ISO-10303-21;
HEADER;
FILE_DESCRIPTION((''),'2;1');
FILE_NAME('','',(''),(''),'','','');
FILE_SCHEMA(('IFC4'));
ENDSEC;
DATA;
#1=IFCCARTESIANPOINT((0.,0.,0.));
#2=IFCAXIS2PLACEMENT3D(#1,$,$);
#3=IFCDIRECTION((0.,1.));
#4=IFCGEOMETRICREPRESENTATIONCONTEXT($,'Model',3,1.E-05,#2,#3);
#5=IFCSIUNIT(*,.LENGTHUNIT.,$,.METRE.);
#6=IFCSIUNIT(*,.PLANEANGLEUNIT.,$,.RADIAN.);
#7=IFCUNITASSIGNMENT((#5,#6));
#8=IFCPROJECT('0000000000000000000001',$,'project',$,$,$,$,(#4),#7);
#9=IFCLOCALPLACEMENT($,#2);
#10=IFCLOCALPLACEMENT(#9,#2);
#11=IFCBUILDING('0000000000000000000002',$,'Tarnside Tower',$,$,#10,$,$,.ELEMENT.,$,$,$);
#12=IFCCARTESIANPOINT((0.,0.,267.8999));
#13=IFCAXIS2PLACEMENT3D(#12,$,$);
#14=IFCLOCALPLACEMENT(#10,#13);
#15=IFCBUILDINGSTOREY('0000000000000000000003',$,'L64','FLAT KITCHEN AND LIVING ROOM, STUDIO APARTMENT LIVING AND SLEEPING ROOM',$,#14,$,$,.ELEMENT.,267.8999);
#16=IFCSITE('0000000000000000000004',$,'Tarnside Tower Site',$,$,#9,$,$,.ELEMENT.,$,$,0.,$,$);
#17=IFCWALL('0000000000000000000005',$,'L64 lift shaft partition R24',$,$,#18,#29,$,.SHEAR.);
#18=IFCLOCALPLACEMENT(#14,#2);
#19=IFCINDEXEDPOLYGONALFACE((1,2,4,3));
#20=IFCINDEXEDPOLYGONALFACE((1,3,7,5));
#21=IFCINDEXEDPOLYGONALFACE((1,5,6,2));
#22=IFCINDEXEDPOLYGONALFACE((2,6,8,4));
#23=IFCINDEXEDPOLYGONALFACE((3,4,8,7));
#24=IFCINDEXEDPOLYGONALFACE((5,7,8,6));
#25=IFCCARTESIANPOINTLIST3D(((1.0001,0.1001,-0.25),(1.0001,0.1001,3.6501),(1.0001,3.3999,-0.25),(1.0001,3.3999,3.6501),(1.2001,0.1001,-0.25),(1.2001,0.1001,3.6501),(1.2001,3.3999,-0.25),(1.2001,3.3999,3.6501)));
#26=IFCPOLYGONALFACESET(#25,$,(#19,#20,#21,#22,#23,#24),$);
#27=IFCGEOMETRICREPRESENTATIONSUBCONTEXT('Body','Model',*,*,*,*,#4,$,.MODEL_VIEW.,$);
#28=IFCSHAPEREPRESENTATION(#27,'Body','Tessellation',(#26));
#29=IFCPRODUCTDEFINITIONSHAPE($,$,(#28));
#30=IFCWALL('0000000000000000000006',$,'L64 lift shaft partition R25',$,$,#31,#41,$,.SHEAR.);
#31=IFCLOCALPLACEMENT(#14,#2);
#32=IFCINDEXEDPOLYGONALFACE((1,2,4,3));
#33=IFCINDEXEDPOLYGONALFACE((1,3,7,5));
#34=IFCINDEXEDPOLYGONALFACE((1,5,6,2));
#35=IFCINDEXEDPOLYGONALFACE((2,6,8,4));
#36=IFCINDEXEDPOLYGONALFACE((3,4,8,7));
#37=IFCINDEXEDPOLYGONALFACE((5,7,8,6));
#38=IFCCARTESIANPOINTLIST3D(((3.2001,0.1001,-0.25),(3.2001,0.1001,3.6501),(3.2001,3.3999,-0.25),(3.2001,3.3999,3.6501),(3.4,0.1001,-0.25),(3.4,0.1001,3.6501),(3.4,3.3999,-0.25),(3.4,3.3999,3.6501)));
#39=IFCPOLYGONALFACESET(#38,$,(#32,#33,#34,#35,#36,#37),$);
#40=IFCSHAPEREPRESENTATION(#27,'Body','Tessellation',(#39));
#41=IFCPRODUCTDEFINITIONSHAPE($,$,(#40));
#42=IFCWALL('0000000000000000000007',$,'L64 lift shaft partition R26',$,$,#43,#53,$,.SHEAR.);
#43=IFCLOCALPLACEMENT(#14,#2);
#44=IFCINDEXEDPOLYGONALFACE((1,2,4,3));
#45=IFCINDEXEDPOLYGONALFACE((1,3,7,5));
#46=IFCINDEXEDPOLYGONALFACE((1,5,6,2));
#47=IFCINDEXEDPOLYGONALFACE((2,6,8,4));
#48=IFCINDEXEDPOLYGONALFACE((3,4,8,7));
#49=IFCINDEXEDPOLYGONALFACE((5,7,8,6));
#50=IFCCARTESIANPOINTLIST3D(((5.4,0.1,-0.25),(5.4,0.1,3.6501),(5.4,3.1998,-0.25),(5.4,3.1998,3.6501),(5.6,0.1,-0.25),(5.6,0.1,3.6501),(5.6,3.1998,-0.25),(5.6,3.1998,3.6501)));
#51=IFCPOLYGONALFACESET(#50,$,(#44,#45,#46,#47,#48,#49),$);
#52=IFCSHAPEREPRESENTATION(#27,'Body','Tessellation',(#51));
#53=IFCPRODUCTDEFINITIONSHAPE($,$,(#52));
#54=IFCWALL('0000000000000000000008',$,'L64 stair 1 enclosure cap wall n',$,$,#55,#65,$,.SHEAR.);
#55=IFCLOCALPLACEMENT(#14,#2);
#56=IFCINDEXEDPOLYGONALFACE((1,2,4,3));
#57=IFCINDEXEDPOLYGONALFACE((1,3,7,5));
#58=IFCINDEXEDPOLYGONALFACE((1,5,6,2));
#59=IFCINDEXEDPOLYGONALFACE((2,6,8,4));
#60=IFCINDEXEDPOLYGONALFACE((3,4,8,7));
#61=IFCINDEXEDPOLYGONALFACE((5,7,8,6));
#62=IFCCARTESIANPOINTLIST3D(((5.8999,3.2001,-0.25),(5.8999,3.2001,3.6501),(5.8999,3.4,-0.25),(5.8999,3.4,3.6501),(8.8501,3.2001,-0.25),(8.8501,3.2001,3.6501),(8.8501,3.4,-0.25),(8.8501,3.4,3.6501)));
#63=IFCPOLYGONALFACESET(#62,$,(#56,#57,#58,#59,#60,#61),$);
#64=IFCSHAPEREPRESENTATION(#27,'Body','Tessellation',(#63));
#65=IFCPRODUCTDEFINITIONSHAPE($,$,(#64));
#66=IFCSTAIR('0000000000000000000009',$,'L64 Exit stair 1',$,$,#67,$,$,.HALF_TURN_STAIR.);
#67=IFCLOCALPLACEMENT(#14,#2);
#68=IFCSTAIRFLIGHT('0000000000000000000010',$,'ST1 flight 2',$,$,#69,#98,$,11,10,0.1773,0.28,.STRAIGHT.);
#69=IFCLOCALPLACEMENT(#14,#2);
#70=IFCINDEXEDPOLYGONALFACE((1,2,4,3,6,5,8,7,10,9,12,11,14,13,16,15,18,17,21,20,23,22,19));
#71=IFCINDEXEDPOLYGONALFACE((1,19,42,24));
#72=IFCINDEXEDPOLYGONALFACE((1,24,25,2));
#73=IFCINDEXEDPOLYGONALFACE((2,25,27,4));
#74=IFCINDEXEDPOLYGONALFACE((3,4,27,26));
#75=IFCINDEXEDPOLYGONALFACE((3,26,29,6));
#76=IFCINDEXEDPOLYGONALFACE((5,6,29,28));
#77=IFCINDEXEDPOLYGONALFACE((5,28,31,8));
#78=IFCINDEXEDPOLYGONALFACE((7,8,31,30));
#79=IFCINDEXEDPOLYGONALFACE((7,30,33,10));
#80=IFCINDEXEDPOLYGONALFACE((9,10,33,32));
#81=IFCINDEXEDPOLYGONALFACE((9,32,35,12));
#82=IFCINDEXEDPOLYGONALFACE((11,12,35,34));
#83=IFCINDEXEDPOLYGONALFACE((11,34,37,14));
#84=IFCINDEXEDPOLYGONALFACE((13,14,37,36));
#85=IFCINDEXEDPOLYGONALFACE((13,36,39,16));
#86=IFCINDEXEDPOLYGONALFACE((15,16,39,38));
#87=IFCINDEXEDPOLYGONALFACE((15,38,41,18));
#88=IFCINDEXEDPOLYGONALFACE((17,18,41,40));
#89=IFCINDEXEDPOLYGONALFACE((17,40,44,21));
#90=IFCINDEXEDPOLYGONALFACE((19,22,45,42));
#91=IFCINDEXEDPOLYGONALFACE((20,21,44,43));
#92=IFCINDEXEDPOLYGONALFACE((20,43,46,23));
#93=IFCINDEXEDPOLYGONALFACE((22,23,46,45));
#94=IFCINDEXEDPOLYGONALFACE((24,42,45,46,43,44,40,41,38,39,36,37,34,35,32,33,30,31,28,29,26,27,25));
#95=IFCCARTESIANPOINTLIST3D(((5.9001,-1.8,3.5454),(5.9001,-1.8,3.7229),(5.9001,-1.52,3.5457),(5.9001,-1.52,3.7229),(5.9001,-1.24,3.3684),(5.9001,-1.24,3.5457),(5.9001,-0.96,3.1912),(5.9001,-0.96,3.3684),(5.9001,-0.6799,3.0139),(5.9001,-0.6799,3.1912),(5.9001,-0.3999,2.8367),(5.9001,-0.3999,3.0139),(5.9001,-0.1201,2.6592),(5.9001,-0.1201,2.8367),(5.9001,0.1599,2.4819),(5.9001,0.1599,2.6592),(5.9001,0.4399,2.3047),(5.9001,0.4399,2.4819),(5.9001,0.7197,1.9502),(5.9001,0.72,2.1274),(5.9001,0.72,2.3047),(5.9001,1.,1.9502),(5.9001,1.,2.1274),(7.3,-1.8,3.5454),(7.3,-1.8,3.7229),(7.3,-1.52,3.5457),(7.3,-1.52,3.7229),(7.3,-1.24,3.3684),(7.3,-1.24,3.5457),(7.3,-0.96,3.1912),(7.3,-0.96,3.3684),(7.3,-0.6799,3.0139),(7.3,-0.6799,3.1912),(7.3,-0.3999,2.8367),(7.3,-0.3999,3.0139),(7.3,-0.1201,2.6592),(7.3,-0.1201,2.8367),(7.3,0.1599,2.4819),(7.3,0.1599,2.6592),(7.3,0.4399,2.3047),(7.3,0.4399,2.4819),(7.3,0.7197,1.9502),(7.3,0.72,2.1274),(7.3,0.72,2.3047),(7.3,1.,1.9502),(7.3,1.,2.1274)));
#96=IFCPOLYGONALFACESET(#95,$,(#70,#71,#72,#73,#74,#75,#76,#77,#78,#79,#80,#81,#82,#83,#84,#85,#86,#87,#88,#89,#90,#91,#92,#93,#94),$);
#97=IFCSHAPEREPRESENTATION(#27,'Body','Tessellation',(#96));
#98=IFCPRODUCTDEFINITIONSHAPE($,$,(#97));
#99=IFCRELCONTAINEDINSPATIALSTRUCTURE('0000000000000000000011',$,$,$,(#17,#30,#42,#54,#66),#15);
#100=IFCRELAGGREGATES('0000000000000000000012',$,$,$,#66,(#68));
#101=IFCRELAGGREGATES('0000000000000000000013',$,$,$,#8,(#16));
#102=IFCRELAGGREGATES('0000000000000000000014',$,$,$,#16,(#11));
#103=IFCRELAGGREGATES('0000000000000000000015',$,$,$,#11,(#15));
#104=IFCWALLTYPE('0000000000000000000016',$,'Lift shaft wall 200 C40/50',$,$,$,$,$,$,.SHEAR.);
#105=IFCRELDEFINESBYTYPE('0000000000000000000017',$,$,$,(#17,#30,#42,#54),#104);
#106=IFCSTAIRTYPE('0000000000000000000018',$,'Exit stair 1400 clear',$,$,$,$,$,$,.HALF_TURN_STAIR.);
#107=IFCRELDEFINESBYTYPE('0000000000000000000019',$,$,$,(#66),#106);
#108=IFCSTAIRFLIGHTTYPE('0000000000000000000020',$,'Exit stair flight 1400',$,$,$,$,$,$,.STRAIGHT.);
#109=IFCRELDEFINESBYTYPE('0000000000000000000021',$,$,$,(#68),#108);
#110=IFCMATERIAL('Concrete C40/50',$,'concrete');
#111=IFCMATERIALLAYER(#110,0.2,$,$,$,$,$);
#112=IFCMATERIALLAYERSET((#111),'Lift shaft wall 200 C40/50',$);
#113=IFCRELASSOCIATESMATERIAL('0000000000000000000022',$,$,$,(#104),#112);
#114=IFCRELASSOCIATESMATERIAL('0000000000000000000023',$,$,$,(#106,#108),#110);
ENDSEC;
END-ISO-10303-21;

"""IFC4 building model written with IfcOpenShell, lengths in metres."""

from ifc_helpers import new_model, si_unit, direction, frame, frame_2d, origin, place, context, subcontext, project, spatial, polyline, rectangle, outline, extrude, material, layer, layer_set, type_object, element, aggregate, save


model = new_model("IFC4")

# Units and contexts
model_context = context("Model", 3, precision=1e-05, world=origin(), true_north=direction((0.0, 1.0)))
body_context = subcontext(model_context, "Body", "Model", "MODEL_VIEW")
ifc_project = project(units=[si_unit("LENGTHUNIT", "METRE"), si_unit("PLANEANGLEUNIT", "RADIAN")], contexts=[model_context])

# Site, building, storey
site_placement = place(None, origin())
site = spatial("IfcSite", under=ifc_project, at=site_placement, Name="Tarnside Tower Site", CompositionType="ELEMENT", RefElevation=0.0)
building_placement = place(site_placement, origin())
building = spatial("IfcBuilding", under=site, at=building_placement, Name="Tarnside Tower", CompositionType="ELEMENT")
storey_placement = place(building_placement, frame((0.0, 0.0, 267.8999)))
storey = spatial("IfcBuildingStorey", under=building, at=storey_placement, Name="L64", Description="FLAT KITCHEN AND LIVING ROOM, STUDIO APARTMENT LIVING AND SLEEPING ROOM", CompositionType="ELEMENT", Elevation=267.8999)

# Shared definitions
ifc_material_1 = material(Name="Concrete C40/50", Category="concrete")

# Shared definitions
ifc_layer_1 = layer(ifc_material_1, 0.2)
ifc_layer_set_1 = layer_set([ifc_layer_1], Name="Lift shaft wall 200 C40/50")
wall_type_1 = type_object("IfcWallType", Name="Lift shaft wall 200 C40/50", PredefinedType="SHEAR", material=ifc_layer_set_1)

# Walls
for number, where, z_axis, x_axis, name in (
    (1, (1.1001, 0.1001, -0.25), (0.0, 0.0, 1.0), (0.0, 1.0, 0.0), "L64 lift shaft partition R24"),
    (2, (3.3, 0.1001, -0.25), (0.0, 0.0, 1.0), (0.0, 1.0, 0.0), "L64 lift shaft partition R25"),
):
    element("IfcWall", number, at=place(storey_placement, frame(where, z_axis=z_axis, x_axis=x_axis)), inside=storey, type_object=wall_type_1, Name=name, PredefinedType="SHEAR", context=body_context, shape_type="SweptSolid", body=[
        extrude(rectangle(XDim=3.2998, YDim=0.2, at=frame_2d((1.6499, 0.0))), origin(), (0.0, 0.0, 1.0), 3.9001),
    ])
wall_1_placement = place(storey_placement, frame((5.5, 0.1001, -0.25), z_axis=(0.0, 0.0, 1.0), x_axis=(0.0, 1.0, 0.0)))
element("IfcWall", 3, at=wall_1_placement, inside=storey, type_object=wall_type_1, Name="L64 lift shaft partition R26", PredefinedType="SHEAR", context=body_context, shape_type="SweptSolid", body=[
    extrude(rectangle(XDim=3.0999, YDim=0.2, at=frame_2d((1.5498, 0.0))), origin(), (0.0, 0.0, 1.0), 3.9001),
])
wall_2_placement = place(storey_placement, frame((5.8999, 3.3, -0.25), z_axis=(0.0, 0.0, 1.0), x_axis=(1.0, 0.0, 0.0)))
element("IfcWall", 4, at=wall_2_placement, inside=storey, type_object=wall_type_1, Name="L64 stair 1 enclosure cap wall n", PredefinedType="SHEAR", context=body_context, shape_type="SweptSolid", body=[
    extrude(rectangle(XDim=2.9502, YDim=0.2, at=frame_2d((1.4751, 0.0))), origin(), (0.0, 0.0, 1.0), 3.9001),
])

# Stair, stair flight
stair_type = type_object("IfcStairType", Name="Exit stair 1400 clear", PredefinedType="HALF_TURN_STAIR", material=ifc_material_1)
stair_placement = place(storey_placement, origin())
stair = element("IfcStair", 5, at=stair_placement, inside=storey, type_object=stair_type, Name="L64 Exit stair 1", PredefinedType="HALF_TURN_STAIR")
stair_flight_type = type_object("IfcStairFlightType", Name="Exit stair flight 1400", PredefinedType="STRAIGHT", material=ifc_material_1)
stair_flight_placement = place(storey_placement, frame((6.6001, 1.0, 1.9502), z_axis=(0.0, 0.0, 1.0), x_axis=(0.0, -1.0, 0.0)))
stair_flight = element("IfcStairFlight", 6, at=stair_flight_placement, type_object=stair_flight_type, Name="ST1 flight 2", NumberOfRisers=11, NumberOfTreads=10, PredefinedType="STRAIGHT", RiserHeight=0.1773, TreadLength=0.28, context=body_context, shape_type="SweptSolid", body=[
    extrude(outline(polyline([(0.0, 0.0), (0.0, 0.1772), (0.28, 0.1772), (0.28, 0.3545), (0.5601, 0.3545), (0.5601, 0.5317), (0.8401, 0.5317), (0.8401, 0.709), (1.1201, 0.709), (1.1201, 0.8865), (1.3999, 0.8865), (1.3999, 1.0637), (1.6799, 1.0637), (1.6799, 1.241), (1.96, 1.241), (1.96, 1.4182), (2.24, 1.4182), (2.24, 1.5955), (2.52, 1.5955), (2.52, 1.7727), (2.8, 1.7727), (2.8, 1.95), (2.8, 1.5952), (0.2803, 0.0), (0.0, 0.0)])), frame((0.0, 0.7, 0.0), z_axis=(0.0, -1.0, 0.0), x_axis=(1.0, 0.0, 0.0)), (0.0, 0.0, 1.0), 1.3999),
])
aggregate(stair, [stair_flight])

save(model, "model.ifc")
